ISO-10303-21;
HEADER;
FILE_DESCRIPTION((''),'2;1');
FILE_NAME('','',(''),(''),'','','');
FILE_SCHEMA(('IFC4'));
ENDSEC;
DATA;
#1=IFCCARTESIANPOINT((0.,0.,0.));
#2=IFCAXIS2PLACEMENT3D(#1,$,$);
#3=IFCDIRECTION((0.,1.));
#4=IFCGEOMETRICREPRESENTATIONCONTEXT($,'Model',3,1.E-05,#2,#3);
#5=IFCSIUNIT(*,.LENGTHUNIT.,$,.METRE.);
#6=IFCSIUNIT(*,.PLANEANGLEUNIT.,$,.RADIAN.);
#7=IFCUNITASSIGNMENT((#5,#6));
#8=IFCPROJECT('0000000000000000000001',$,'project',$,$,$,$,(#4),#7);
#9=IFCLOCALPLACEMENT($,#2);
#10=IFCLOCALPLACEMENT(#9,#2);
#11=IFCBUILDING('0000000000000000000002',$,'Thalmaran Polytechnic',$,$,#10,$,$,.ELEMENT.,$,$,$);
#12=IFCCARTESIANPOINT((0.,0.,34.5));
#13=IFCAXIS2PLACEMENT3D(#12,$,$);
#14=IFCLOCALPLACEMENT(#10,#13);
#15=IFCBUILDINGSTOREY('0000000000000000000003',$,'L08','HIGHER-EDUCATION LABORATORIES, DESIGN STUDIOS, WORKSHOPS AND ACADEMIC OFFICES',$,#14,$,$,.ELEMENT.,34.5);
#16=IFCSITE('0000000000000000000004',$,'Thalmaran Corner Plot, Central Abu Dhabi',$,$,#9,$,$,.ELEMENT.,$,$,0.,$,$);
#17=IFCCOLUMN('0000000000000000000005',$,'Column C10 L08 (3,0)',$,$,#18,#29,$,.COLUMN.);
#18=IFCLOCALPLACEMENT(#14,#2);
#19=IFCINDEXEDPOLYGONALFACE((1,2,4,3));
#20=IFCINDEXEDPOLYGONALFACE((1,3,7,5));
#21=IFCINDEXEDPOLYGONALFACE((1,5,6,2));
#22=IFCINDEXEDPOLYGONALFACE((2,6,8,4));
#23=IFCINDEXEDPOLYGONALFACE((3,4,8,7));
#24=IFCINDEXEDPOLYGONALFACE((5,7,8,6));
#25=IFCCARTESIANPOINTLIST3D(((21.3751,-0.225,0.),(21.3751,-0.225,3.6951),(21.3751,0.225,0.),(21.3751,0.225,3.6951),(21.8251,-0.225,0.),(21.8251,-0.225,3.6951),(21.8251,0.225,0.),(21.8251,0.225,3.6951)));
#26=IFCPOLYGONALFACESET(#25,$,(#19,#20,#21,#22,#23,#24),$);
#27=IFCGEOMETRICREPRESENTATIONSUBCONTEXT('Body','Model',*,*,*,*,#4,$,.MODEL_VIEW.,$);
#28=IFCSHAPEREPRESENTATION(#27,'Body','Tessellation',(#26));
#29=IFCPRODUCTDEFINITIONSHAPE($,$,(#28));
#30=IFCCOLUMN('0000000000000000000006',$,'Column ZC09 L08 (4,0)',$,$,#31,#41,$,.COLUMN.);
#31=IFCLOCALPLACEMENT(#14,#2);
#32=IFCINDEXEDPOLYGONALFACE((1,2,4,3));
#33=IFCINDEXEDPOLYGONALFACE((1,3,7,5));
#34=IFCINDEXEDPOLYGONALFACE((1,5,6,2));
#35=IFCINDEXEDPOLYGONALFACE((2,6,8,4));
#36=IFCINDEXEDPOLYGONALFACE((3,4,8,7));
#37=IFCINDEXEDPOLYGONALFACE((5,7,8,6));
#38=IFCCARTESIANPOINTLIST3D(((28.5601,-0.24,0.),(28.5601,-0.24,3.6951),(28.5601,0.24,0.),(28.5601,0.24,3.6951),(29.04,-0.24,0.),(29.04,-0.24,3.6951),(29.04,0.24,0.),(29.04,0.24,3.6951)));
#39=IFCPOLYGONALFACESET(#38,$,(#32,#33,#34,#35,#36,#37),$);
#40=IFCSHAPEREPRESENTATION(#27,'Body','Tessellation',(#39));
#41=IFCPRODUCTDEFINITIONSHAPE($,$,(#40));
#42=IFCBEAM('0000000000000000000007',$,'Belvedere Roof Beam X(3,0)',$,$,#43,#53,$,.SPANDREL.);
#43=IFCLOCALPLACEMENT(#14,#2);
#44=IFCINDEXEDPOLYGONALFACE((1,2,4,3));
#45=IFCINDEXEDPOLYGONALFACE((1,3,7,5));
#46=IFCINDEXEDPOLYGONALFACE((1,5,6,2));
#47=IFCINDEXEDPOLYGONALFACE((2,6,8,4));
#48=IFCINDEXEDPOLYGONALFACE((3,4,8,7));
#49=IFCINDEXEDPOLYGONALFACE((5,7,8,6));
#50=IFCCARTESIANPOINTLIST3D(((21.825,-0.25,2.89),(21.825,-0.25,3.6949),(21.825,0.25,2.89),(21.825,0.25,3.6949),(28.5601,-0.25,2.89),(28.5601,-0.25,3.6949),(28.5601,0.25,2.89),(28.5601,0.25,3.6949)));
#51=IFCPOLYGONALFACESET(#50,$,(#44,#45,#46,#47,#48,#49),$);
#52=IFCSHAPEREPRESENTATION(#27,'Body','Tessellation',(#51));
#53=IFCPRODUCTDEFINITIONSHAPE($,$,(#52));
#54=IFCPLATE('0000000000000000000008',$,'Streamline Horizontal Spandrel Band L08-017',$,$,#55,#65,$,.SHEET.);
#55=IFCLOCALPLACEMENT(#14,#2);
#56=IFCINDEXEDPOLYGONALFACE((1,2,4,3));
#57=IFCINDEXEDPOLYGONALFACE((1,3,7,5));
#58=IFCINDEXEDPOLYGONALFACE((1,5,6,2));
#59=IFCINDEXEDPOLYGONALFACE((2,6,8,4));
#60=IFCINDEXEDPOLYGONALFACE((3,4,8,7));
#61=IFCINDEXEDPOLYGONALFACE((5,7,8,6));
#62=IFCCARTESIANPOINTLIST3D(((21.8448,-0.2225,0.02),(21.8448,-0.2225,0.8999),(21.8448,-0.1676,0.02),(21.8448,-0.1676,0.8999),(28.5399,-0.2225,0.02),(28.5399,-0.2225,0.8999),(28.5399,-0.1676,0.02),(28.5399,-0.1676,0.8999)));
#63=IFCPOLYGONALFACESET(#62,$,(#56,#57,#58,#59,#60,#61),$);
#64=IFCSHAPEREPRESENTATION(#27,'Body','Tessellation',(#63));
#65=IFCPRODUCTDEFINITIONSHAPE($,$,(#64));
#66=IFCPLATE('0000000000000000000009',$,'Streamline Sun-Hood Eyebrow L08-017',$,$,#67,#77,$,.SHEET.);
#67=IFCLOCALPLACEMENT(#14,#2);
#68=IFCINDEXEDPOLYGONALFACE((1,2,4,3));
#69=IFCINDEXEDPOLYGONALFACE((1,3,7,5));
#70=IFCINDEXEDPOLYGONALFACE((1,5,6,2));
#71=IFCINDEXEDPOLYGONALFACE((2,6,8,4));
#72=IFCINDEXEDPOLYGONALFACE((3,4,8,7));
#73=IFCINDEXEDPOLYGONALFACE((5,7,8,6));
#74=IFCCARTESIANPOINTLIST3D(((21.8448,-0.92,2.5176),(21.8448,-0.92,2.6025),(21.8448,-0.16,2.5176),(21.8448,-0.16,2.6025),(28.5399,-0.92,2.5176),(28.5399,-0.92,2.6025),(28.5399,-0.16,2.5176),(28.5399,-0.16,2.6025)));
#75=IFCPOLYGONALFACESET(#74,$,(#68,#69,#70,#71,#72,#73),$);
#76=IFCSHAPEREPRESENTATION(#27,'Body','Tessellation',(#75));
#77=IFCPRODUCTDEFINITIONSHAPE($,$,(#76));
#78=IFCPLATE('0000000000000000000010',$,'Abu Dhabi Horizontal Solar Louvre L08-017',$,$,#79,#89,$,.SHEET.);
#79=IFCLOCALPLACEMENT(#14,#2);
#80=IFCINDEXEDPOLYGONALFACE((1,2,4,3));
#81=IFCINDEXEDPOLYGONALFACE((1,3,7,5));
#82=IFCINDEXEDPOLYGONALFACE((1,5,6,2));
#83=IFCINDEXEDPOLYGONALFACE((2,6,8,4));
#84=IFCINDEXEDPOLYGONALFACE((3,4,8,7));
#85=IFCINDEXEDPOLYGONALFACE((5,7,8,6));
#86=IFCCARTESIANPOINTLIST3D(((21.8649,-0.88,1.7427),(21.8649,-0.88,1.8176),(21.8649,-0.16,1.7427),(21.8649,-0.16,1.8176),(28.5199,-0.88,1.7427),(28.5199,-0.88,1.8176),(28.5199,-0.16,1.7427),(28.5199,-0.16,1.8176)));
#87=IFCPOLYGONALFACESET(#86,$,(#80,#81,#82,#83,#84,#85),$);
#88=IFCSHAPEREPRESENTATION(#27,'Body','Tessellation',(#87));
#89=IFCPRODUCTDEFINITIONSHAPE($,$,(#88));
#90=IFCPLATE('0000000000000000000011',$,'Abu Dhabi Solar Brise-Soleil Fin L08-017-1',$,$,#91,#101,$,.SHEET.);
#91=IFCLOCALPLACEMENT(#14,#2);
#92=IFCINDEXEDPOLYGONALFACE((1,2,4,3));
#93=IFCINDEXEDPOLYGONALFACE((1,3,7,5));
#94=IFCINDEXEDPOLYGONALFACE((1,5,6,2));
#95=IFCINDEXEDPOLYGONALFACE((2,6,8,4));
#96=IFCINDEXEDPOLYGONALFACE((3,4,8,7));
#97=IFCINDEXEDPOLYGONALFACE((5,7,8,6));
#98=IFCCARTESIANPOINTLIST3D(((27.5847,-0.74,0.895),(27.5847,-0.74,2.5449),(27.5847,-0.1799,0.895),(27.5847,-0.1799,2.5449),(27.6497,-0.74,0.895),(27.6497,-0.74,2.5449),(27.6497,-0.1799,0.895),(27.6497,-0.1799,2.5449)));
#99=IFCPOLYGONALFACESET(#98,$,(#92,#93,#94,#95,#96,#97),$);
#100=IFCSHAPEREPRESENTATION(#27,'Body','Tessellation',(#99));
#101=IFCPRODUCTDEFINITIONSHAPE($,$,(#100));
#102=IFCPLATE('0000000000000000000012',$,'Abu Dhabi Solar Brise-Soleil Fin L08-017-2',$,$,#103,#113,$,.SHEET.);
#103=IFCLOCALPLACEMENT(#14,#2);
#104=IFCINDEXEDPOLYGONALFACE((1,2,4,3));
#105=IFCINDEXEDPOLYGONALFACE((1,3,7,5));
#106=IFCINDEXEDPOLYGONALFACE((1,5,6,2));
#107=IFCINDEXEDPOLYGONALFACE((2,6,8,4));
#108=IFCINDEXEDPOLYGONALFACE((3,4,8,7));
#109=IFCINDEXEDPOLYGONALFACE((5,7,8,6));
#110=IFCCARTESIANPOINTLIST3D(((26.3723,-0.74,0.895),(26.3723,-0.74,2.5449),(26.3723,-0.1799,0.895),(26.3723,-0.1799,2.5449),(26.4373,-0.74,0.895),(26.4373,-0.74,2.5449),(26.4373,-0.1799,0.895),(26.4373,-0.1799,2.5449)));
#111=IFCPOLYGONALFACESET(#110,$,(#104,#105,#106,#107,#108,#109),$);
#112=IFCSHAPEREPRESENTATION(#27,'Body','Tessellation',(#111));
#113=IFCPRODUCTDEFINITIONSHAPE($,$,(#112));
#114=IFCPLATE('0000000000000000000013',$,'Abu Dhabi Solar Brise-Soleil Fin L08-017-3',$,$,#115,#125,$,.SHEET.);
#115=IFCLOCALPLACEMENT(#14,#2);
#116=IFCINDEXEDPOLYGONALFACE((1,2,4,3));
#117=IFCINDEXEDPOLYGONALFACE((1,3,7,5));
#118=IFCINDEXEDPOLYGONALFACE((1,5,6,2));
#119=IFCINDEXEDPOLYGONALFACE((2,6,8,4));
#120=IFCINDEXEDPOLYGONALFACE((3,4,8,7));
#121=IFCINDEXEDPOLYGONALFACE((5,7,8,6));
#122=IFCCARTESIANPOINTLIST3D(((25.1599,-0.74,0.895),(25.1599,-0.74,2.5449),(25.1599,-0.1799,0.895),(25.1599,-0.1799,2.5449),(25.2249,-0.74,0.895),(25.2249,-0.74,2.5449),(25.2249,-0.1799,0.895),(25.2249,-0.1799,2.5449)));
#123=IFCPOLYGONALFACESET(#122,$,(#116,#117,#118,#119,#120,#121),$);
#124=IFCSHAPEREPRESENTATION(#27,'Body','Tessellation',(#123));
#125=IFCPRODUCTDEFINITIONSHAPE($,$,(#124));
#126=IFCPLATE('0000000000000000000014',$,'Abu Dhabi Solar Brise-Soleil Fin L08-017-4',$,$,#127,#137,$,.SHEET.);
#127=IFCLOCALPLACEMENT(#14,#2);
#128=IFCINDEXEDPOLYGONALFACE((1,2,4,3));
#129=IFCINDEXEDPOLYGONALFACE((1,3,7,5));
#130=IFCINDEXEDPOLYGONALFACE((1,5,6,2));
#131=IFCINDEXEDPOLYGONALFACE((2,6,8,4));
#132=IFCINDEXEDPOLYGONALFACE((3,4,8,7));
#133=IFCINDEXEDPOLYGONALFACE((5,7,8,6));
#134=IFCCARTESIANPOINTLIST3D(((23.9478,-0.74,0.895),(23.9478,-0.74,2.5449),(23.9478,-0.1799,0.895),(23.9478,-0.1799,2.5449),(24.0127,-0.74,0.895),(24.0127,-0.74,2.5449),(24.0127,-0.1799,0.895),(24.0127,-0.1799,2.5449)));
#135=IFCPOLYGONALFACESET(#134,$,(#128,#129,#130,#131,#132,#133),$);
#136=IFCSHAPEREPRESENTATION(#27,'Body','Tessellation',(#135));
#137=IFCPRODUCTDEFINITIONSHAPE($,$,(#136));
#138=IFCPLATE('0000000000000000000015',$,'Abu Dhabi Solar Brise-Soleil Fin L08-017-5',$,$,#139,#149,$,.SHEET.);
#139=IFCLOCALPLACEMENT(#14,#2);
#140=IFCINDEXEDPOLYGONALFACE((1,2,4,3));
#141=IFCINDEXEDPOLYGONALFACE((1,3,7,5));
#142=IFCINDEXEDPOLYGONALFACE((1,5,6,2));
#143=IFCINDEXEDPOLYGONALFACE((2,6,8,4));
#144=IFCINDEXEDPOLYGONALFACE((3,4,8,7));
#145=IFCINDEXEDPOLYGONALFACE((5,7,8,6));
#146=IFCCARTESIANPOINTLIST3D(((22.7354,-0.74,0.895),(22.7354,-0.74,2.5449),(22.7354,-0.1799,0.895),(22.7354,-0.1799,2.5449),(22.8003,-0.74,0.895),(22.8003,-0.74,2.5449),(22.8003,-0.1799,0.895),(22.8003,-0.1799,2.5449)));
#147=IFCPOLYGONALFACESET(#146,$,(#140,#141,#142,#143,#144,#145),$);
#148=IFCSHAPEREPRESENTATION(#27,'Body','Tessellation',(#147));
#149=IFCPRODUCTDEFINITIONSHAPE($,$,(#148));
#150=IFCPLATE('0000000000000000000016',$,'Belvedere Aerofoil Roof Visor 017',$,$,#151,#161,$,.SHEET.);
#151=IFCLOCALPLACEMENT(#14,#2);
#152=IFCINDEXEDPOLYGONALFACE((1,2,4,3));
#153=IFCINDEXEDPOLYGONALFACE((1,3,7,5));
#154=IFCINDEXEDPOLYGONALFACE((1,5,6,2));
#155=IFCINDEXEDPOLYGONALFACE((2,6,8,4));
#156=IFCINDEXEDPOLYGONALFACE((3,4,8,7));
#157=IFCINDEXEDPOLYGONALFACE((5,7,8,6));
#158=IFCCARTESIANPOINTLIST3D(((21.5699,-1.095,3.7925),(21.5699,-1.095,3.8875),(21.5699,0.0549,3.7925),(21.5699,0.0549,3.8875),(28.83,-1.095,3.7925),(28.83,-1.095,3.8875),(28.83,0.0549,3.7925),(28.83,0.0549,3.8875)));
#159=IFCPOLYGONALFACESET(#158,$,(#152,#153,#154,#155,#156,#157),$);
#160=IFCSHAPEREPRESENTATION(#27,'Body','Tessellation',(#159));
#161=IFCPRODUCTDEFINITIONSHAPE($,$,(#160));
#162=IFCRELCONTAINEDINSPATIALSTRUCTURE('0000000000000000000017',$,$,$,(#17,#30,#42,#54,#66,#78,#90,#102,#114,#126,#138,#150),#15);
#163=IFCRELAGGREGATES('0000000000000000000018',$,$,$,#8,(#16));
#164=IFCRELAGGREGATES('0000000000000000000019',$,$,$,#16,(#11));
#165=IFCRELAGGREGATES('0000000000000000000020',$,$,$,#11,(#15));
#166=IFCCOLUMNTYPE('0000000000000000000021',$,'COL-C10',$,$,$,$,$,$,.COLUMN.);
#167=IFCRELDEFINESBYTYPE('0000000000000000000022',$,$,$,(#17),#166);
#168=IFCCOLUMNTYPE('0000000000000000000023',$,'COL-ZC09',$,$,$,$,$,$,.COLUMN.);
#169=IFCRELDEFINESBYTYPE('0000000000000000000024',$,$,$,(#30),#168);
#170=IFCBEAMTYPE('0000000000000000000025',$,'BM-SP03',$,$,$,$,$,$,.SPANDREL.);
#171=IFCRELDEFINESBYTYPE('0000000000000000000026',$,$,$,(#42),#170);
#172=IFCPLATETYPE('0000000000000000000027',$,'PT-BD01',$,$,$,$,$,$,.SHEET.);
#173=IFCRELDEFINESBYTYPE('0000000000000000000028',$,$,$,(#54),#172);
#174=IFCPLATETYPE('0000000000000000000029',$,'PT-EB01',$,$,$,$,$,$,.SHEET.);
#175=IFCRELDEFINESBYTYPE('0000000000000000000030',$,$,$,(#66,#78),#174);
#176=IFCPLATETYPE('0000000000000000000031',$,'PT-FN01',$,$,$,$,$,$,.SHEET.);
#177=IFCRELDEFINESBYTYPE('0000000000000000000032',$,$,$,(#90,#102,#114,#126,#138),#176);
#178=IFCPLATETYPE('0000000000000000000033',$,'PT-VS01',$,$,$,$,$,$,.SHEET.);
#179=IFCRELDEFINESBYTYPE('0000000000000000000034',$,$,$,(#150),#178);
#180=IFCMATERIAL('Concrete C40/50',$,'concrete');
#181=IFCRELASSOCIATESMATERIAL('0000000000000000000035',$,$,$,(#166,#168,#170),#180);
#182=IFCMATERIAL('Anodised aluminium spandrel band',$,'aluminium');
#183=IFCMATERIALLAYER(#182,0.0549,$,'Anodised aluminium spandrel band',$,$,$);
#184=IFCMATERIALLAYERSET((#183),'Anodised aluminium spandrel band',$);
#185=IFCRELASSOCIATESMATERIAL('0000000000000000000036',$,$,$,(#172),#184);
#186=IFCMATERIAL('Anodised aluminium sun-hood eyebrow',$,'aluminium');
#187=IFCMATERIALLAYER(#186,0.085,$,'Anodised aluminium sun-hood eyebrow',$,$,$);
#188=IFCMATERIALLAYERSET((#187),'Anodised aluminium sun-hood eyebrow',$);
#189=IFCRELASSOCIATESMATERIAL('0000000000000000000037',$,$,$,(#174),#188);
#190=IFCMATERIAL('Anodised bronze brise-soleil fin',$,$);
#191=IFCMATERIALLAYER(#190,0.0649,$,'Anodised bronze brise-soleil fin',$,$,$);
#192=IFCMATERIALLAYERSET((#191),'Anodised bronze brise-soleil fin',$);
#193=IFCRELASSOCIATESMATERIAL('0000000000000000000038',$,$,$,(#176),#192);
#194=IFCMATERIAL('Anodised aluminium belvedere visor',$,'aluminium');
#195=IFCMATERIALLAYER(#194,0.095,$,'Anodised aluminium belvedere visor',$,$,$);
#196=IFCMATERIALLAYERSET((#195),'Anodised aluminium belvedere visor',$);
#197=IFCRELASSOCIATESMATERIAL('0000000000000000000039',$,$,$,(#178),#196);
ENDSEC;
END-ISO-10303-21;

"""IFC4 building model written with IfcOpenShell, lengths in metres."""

from ifc_helpers import new_model, si_unit, direction, frame, origin, origin_2d, place, context, subcontext, project, spatial, rectangle, extrude, material, layer, layer_set, material_profile, profile_set, type_object, element, save


model = new_model("IFC4")

# Units and contexts
model_context = context("Model", 3, precision=1e-05, world=origin(), true_north=direction((0.0, 1.0)))
body_context = subcontext(model_context, "Body", "Model", "MODEL_VIEW")
ifc_project = project(units=[si_unit("LENGTHUNIT", "METRE"), si_unit("PLANEANGLEUNIT", "RADIAN")], contexts=[model_context])

# Site, building, storey
site_placement = place(None, origin())
site = spatial("IfcSite", under=ifc_project, at=site_placement, Name="Thalmaran Corner Plot, Central Abu Dhabi", CompositionType="ELEMENT", RefElevation=0.0)
building_placement = place(site_placement, origin())
building = spatial("IfcBuilding", under=site, at=building_placement, Name="Thalmaran Polytechnic", CompositionType="ELEMENT")
storey_placement = place(building_placement, frame((0.0, 0.0, 34.5)))
storey = spatial("IfcBuildingStorey", under=building, at=storey_placement, Name="L08", Description="HIGHER-EDUCATION LABORATORIES, DESIGN STUDIOS, WORKSHOPS AND ACADEMIC OFFICES", CompositionType="ELEMENT", Elevation=34.5)

# Columns
ifc_material_1 = material(Name="Concrete C40/50", Category="concrete")
ifc_material_profile_1 = material_profile(ifc_material_1, rectangle(XDim=0.45, YDim=0.45, at=origin_2d()), Name="RC 450x450")
ifc_profile_set_1 = profile_set([ifc_material_profile_1], Name="Concrete C40/50")
column_type_1 = type_object("IfcColumnType", Name="COL-C10", PredefinedType="COLUMN", material=ifc_profile_set_1)
column_1_placement = place(storey_placement, frame((21.6001, 0.0, 0.0), z_axis=(0.0, 0.0, 1.0), x_axis=(1.0, 0.0, 0.0)))
element("IfcColumn", 1, at=column_1_placement, inside=storey, type_object=column_type_1, Name="Column C10 L08 (3,0)", PredefinedType="COLUMN", context=body_context, shape_type="SweptSolid", body=[
    extrude(rectangle(XDim=0.45, YDim=0.45, at=origin_2d()), origin(), (0.0, 0.0, 1.0), 3.6951),
])
ifc_material_profile_2 = material_profile(ifc_material_1, rectangle(XDim=0.48, YDim=0.48, at=origin_2d()), Name="RC 480x480")
ifc_profile_set_2 = profile_set([ifc_material_profile_2], Name="Concrete C40/50")
column_type_2 = type_object("IfcColumnType", Name="COL-ZC09", PredefinedType="COLUMN", material=ifc_profile_set_2)
column_2_placement = place(storey_placement, frame((28.8, 0.0, 0.0), z_axis=(0.0, 0.0, 1.0), x_axis=(1.0, 0.0, 0.0)))
element("IfcColumn", 2, at=column_2_placement, inside=storey, type_object=column_type_2, Name="Column ZC09 L08 (4,0)", PredefinedType="COLUMN", context=body_context, shape_type="SweptSolid", body=[
    extrude(rectangle(XDim=0.48, YDim=0.48, at=origin_2d()), origin(), (0.0, 0.0, 1.0), 3.6951),
])

# Beam
ifc_material_profile_3 = material_profile(ifc_material_1, rectangle(XDim=0.5, YDim=0.8049, at=origin_2d()), Name="RC 500x805")
ifc_profile_set_3 = profile_set([ifc_material_profile_3], Name="Concrete C40/50")
beam_type = type_object("IfcBeamType", Name="BM-SP03", PredefinedType="SPANDREL", material=ifc_profile_set_3)
beam_placement = place(storey_placement, frame((21.825, 0.0, 3.2925), z_axis=(1.0, 0.0, 0.0), x_axis=(0.0, 1.0, 0.0)))
element("IfcBeam", 3, at=beam_placement, inside=storey, type_object=beam_type, Name="Belvedere Roof Beam X(3,0)", PredefinedType="SPANDREL", context=body_context, shape_type="SweptSolid", body=[
    extrude(rectangle(XDim=0.5, YDim=0.8049, at=origin_2d()), origin(), (0.0, 0.0, 1.0), 6.7351),
])

# Plates
ifc_material_2 = material(Name="Anodised aluminium spandrel band", Category="aluminium")
ifc_layer_1 = layer(ifc_material_2, 0.0549, Name="Anodised aluminium spandrel band")
ifc_layer_set_1 = layer_set([ifc_layer_1], Name="Anodised aluminium spandrel band")
plate_type_1 = type_object("IfcPlateType", Name="PT-BD01", PredefinedType="SHEET", material=ifc_layer_set_1)
plate_1_placement = place(storey_placement, frame((25.1924, -0.1951, 0.02), z_axis=(0.0, 0.0, 1.0), x_axis=(-1.0, 0.0, 0.0)))
element("IfcPlate", 4, at=plate_1_placement, inside=storey, type_object=plate_type_1, Name="Streamline Horizontal Spandrel Band L08-017", PredefinedType="SHEET", context=body_context, shape_type="SweptSolid", body=[
    extrude(rectangle(XDim=6.6951, YDim=0.0549, at=origin_2d()), origin(), (0.0, 0.0, 1.0), 0.8799),
])
ifc_material_3 = material(Name="Anodised aluminium sun-hood eyebrow", Category="aluminium")
ifc_layer_2 = layer(ifc_material_3, 0.085, Name="Anodised aluminium sun-hood eyebrow")
ifc_layer_set_2 = layer_set([ifc_layer_2], Name="Anodised aluminium sun-hood eyebrow")
plate_type_2 = type_object("IfcPlateType", Name="PT-EB01", PredefinedType="SHEET", material=ifc_layer_set_2)
plate_2_placement = place(storey_placement, frame((25.1924, -0.54, 2.5176), z_axis=(0.0, 0.0, 1.0), x_axis=(-1.0, 0.0, 0.0)))
element("IfcPlate", 5, at=plate_2_placement, inside=storey, type_object=plate_type_2, Name="Streamline Sun-Hood Eyebrow L08-017", PredefinedType="SHEET", context=body_context, shape_type="SweptSolid", body=[
    extrude(rectangle(XDim=6.6951, YDim=0.76, at=origin_2d()), origin(), (0.0, 0.0, 1.0), 0.085),
])
plate_3_placement = place(storey_placement, frame((25.1924, -0.52, 1.7427), z_axis=(0.0, 0.0, 1.0), x_axis=(-1.0, 0.0, 0.0)))
element("IfcPlate", 6, at=plate_3_placement, inside=storey, type_object=plate_type_2, Name="Abu Dhabi Horizontal Solar Louvre L08-017", PredefinedType="SHEET", context=body_context, shape_type="SweptSolid", body=[
    extrude(rectangle(XDim=6.655, YDim=0.72, at=origin_2d()), origin(), (0.0, 0.0, 1.0), 0.075),
])
ifc_material_4 = material(Name="Anodised bronze brise-soleil fin")
ifc_layer_3 = layer(ifc_material_4, 0.0649, Name="Anodised bronze brise-soleil fin")
ifc_layer_set_3 = layer_set([ifc_layer_3], Name="Anodised bronze brise-soleil fin")
plate_type_3 = type_object("IfcPlateType", Name="PT-FN01", PredefinedType="SHEET", material=ifc_layer_set_3)
for number, where, z_axis, x_axis, name in (
    (7, (27.6172, -0.46, 0.895), (0.0, 0.0, 1.0), (-1.0, 0.0, 0.0), "Abu Dhabi Solar Brise-Soleil Fin L08-017-1"),
    (8, (26.4048, -0.46, 0.895), (0.0, 0.0, 1.0), (-1.0, 0.0, 0.0), "Abu Dhabi Solar Brise-Soleil Fin L08-017-2"),
    (9, (25.1924, -0.46, 0.895), (0.0, 0.0, 1.0), (-1.0, 0.0, 0.0), "Abu Dhabi Solar Brise-Soleil Fin L08-017-3"),
    (10, (23.9802, -0.46, 0.895), (0.0, 0.0, 1.0), (-1.0, 0.0, 0.0), "Abu Dhabi Solar Brise-Soleil Fin L08-017-4"),
    (11, (22.7678, -0.46, 0.895), (0.0, 0.0, 1.0), (-1.0, 0.0, 0.0), "Abu Dhabi Solar Brise-Soleil Fin L08-017-5"),
):
    element("IfcPlate", number, at=place(storey_placement, frame(where, z_axis=z_axis, x_axis=x_axis)), inside=storey, type_object=plate_type_3, Name=name, PredefinedType="SHEET", context=body_context, shape_type="SweptSolid", body=[
        extrude(rectangle(XDim=0.0649, YDim=0.5601, at=origin_2d()), origin(), (0.0, 0.0, 1.0), 1.6499),
    ])
ifc_material_5 = material(Name="Anodised aluminium belvedere visor", Category="aluminium")
ifc_layer_4 = layer(ifc_material_5, 0.095, Name="Anodised aluminium belvedere visor")
ifc_layer_set_4 = layer_set([ifc_layer_4], Name="Anodised aluminium belvedere visor")
plate_type_4 = type_object("IfcPlateType", Name="PT-VS01", PredefinedType="SHEET", material=ifc_layer_set_4)
plate_4_placement = place(storey_placement, frame((25.2, -0.52, 3.7925), z_axis=(0.0, 0.0, 1.0), x_axis=(-1.0, 0.0, 0.0)))
element("IfcPlate", 12, at=plate_4_placement, inside=storey, type_object=plate_type_4, Name="Belvedere Aerofoil Roof Visor 017", PredefinedType="SHEET", context=body_context, shape_type="SweptSolid", body=[
    extrude(rectangle(XDim=7.26, YDim=1.1499, at=origin_2d()), origin(), (0.0, 0.0, 1.0), 0.095),
])

save(model, "model.ifc")
